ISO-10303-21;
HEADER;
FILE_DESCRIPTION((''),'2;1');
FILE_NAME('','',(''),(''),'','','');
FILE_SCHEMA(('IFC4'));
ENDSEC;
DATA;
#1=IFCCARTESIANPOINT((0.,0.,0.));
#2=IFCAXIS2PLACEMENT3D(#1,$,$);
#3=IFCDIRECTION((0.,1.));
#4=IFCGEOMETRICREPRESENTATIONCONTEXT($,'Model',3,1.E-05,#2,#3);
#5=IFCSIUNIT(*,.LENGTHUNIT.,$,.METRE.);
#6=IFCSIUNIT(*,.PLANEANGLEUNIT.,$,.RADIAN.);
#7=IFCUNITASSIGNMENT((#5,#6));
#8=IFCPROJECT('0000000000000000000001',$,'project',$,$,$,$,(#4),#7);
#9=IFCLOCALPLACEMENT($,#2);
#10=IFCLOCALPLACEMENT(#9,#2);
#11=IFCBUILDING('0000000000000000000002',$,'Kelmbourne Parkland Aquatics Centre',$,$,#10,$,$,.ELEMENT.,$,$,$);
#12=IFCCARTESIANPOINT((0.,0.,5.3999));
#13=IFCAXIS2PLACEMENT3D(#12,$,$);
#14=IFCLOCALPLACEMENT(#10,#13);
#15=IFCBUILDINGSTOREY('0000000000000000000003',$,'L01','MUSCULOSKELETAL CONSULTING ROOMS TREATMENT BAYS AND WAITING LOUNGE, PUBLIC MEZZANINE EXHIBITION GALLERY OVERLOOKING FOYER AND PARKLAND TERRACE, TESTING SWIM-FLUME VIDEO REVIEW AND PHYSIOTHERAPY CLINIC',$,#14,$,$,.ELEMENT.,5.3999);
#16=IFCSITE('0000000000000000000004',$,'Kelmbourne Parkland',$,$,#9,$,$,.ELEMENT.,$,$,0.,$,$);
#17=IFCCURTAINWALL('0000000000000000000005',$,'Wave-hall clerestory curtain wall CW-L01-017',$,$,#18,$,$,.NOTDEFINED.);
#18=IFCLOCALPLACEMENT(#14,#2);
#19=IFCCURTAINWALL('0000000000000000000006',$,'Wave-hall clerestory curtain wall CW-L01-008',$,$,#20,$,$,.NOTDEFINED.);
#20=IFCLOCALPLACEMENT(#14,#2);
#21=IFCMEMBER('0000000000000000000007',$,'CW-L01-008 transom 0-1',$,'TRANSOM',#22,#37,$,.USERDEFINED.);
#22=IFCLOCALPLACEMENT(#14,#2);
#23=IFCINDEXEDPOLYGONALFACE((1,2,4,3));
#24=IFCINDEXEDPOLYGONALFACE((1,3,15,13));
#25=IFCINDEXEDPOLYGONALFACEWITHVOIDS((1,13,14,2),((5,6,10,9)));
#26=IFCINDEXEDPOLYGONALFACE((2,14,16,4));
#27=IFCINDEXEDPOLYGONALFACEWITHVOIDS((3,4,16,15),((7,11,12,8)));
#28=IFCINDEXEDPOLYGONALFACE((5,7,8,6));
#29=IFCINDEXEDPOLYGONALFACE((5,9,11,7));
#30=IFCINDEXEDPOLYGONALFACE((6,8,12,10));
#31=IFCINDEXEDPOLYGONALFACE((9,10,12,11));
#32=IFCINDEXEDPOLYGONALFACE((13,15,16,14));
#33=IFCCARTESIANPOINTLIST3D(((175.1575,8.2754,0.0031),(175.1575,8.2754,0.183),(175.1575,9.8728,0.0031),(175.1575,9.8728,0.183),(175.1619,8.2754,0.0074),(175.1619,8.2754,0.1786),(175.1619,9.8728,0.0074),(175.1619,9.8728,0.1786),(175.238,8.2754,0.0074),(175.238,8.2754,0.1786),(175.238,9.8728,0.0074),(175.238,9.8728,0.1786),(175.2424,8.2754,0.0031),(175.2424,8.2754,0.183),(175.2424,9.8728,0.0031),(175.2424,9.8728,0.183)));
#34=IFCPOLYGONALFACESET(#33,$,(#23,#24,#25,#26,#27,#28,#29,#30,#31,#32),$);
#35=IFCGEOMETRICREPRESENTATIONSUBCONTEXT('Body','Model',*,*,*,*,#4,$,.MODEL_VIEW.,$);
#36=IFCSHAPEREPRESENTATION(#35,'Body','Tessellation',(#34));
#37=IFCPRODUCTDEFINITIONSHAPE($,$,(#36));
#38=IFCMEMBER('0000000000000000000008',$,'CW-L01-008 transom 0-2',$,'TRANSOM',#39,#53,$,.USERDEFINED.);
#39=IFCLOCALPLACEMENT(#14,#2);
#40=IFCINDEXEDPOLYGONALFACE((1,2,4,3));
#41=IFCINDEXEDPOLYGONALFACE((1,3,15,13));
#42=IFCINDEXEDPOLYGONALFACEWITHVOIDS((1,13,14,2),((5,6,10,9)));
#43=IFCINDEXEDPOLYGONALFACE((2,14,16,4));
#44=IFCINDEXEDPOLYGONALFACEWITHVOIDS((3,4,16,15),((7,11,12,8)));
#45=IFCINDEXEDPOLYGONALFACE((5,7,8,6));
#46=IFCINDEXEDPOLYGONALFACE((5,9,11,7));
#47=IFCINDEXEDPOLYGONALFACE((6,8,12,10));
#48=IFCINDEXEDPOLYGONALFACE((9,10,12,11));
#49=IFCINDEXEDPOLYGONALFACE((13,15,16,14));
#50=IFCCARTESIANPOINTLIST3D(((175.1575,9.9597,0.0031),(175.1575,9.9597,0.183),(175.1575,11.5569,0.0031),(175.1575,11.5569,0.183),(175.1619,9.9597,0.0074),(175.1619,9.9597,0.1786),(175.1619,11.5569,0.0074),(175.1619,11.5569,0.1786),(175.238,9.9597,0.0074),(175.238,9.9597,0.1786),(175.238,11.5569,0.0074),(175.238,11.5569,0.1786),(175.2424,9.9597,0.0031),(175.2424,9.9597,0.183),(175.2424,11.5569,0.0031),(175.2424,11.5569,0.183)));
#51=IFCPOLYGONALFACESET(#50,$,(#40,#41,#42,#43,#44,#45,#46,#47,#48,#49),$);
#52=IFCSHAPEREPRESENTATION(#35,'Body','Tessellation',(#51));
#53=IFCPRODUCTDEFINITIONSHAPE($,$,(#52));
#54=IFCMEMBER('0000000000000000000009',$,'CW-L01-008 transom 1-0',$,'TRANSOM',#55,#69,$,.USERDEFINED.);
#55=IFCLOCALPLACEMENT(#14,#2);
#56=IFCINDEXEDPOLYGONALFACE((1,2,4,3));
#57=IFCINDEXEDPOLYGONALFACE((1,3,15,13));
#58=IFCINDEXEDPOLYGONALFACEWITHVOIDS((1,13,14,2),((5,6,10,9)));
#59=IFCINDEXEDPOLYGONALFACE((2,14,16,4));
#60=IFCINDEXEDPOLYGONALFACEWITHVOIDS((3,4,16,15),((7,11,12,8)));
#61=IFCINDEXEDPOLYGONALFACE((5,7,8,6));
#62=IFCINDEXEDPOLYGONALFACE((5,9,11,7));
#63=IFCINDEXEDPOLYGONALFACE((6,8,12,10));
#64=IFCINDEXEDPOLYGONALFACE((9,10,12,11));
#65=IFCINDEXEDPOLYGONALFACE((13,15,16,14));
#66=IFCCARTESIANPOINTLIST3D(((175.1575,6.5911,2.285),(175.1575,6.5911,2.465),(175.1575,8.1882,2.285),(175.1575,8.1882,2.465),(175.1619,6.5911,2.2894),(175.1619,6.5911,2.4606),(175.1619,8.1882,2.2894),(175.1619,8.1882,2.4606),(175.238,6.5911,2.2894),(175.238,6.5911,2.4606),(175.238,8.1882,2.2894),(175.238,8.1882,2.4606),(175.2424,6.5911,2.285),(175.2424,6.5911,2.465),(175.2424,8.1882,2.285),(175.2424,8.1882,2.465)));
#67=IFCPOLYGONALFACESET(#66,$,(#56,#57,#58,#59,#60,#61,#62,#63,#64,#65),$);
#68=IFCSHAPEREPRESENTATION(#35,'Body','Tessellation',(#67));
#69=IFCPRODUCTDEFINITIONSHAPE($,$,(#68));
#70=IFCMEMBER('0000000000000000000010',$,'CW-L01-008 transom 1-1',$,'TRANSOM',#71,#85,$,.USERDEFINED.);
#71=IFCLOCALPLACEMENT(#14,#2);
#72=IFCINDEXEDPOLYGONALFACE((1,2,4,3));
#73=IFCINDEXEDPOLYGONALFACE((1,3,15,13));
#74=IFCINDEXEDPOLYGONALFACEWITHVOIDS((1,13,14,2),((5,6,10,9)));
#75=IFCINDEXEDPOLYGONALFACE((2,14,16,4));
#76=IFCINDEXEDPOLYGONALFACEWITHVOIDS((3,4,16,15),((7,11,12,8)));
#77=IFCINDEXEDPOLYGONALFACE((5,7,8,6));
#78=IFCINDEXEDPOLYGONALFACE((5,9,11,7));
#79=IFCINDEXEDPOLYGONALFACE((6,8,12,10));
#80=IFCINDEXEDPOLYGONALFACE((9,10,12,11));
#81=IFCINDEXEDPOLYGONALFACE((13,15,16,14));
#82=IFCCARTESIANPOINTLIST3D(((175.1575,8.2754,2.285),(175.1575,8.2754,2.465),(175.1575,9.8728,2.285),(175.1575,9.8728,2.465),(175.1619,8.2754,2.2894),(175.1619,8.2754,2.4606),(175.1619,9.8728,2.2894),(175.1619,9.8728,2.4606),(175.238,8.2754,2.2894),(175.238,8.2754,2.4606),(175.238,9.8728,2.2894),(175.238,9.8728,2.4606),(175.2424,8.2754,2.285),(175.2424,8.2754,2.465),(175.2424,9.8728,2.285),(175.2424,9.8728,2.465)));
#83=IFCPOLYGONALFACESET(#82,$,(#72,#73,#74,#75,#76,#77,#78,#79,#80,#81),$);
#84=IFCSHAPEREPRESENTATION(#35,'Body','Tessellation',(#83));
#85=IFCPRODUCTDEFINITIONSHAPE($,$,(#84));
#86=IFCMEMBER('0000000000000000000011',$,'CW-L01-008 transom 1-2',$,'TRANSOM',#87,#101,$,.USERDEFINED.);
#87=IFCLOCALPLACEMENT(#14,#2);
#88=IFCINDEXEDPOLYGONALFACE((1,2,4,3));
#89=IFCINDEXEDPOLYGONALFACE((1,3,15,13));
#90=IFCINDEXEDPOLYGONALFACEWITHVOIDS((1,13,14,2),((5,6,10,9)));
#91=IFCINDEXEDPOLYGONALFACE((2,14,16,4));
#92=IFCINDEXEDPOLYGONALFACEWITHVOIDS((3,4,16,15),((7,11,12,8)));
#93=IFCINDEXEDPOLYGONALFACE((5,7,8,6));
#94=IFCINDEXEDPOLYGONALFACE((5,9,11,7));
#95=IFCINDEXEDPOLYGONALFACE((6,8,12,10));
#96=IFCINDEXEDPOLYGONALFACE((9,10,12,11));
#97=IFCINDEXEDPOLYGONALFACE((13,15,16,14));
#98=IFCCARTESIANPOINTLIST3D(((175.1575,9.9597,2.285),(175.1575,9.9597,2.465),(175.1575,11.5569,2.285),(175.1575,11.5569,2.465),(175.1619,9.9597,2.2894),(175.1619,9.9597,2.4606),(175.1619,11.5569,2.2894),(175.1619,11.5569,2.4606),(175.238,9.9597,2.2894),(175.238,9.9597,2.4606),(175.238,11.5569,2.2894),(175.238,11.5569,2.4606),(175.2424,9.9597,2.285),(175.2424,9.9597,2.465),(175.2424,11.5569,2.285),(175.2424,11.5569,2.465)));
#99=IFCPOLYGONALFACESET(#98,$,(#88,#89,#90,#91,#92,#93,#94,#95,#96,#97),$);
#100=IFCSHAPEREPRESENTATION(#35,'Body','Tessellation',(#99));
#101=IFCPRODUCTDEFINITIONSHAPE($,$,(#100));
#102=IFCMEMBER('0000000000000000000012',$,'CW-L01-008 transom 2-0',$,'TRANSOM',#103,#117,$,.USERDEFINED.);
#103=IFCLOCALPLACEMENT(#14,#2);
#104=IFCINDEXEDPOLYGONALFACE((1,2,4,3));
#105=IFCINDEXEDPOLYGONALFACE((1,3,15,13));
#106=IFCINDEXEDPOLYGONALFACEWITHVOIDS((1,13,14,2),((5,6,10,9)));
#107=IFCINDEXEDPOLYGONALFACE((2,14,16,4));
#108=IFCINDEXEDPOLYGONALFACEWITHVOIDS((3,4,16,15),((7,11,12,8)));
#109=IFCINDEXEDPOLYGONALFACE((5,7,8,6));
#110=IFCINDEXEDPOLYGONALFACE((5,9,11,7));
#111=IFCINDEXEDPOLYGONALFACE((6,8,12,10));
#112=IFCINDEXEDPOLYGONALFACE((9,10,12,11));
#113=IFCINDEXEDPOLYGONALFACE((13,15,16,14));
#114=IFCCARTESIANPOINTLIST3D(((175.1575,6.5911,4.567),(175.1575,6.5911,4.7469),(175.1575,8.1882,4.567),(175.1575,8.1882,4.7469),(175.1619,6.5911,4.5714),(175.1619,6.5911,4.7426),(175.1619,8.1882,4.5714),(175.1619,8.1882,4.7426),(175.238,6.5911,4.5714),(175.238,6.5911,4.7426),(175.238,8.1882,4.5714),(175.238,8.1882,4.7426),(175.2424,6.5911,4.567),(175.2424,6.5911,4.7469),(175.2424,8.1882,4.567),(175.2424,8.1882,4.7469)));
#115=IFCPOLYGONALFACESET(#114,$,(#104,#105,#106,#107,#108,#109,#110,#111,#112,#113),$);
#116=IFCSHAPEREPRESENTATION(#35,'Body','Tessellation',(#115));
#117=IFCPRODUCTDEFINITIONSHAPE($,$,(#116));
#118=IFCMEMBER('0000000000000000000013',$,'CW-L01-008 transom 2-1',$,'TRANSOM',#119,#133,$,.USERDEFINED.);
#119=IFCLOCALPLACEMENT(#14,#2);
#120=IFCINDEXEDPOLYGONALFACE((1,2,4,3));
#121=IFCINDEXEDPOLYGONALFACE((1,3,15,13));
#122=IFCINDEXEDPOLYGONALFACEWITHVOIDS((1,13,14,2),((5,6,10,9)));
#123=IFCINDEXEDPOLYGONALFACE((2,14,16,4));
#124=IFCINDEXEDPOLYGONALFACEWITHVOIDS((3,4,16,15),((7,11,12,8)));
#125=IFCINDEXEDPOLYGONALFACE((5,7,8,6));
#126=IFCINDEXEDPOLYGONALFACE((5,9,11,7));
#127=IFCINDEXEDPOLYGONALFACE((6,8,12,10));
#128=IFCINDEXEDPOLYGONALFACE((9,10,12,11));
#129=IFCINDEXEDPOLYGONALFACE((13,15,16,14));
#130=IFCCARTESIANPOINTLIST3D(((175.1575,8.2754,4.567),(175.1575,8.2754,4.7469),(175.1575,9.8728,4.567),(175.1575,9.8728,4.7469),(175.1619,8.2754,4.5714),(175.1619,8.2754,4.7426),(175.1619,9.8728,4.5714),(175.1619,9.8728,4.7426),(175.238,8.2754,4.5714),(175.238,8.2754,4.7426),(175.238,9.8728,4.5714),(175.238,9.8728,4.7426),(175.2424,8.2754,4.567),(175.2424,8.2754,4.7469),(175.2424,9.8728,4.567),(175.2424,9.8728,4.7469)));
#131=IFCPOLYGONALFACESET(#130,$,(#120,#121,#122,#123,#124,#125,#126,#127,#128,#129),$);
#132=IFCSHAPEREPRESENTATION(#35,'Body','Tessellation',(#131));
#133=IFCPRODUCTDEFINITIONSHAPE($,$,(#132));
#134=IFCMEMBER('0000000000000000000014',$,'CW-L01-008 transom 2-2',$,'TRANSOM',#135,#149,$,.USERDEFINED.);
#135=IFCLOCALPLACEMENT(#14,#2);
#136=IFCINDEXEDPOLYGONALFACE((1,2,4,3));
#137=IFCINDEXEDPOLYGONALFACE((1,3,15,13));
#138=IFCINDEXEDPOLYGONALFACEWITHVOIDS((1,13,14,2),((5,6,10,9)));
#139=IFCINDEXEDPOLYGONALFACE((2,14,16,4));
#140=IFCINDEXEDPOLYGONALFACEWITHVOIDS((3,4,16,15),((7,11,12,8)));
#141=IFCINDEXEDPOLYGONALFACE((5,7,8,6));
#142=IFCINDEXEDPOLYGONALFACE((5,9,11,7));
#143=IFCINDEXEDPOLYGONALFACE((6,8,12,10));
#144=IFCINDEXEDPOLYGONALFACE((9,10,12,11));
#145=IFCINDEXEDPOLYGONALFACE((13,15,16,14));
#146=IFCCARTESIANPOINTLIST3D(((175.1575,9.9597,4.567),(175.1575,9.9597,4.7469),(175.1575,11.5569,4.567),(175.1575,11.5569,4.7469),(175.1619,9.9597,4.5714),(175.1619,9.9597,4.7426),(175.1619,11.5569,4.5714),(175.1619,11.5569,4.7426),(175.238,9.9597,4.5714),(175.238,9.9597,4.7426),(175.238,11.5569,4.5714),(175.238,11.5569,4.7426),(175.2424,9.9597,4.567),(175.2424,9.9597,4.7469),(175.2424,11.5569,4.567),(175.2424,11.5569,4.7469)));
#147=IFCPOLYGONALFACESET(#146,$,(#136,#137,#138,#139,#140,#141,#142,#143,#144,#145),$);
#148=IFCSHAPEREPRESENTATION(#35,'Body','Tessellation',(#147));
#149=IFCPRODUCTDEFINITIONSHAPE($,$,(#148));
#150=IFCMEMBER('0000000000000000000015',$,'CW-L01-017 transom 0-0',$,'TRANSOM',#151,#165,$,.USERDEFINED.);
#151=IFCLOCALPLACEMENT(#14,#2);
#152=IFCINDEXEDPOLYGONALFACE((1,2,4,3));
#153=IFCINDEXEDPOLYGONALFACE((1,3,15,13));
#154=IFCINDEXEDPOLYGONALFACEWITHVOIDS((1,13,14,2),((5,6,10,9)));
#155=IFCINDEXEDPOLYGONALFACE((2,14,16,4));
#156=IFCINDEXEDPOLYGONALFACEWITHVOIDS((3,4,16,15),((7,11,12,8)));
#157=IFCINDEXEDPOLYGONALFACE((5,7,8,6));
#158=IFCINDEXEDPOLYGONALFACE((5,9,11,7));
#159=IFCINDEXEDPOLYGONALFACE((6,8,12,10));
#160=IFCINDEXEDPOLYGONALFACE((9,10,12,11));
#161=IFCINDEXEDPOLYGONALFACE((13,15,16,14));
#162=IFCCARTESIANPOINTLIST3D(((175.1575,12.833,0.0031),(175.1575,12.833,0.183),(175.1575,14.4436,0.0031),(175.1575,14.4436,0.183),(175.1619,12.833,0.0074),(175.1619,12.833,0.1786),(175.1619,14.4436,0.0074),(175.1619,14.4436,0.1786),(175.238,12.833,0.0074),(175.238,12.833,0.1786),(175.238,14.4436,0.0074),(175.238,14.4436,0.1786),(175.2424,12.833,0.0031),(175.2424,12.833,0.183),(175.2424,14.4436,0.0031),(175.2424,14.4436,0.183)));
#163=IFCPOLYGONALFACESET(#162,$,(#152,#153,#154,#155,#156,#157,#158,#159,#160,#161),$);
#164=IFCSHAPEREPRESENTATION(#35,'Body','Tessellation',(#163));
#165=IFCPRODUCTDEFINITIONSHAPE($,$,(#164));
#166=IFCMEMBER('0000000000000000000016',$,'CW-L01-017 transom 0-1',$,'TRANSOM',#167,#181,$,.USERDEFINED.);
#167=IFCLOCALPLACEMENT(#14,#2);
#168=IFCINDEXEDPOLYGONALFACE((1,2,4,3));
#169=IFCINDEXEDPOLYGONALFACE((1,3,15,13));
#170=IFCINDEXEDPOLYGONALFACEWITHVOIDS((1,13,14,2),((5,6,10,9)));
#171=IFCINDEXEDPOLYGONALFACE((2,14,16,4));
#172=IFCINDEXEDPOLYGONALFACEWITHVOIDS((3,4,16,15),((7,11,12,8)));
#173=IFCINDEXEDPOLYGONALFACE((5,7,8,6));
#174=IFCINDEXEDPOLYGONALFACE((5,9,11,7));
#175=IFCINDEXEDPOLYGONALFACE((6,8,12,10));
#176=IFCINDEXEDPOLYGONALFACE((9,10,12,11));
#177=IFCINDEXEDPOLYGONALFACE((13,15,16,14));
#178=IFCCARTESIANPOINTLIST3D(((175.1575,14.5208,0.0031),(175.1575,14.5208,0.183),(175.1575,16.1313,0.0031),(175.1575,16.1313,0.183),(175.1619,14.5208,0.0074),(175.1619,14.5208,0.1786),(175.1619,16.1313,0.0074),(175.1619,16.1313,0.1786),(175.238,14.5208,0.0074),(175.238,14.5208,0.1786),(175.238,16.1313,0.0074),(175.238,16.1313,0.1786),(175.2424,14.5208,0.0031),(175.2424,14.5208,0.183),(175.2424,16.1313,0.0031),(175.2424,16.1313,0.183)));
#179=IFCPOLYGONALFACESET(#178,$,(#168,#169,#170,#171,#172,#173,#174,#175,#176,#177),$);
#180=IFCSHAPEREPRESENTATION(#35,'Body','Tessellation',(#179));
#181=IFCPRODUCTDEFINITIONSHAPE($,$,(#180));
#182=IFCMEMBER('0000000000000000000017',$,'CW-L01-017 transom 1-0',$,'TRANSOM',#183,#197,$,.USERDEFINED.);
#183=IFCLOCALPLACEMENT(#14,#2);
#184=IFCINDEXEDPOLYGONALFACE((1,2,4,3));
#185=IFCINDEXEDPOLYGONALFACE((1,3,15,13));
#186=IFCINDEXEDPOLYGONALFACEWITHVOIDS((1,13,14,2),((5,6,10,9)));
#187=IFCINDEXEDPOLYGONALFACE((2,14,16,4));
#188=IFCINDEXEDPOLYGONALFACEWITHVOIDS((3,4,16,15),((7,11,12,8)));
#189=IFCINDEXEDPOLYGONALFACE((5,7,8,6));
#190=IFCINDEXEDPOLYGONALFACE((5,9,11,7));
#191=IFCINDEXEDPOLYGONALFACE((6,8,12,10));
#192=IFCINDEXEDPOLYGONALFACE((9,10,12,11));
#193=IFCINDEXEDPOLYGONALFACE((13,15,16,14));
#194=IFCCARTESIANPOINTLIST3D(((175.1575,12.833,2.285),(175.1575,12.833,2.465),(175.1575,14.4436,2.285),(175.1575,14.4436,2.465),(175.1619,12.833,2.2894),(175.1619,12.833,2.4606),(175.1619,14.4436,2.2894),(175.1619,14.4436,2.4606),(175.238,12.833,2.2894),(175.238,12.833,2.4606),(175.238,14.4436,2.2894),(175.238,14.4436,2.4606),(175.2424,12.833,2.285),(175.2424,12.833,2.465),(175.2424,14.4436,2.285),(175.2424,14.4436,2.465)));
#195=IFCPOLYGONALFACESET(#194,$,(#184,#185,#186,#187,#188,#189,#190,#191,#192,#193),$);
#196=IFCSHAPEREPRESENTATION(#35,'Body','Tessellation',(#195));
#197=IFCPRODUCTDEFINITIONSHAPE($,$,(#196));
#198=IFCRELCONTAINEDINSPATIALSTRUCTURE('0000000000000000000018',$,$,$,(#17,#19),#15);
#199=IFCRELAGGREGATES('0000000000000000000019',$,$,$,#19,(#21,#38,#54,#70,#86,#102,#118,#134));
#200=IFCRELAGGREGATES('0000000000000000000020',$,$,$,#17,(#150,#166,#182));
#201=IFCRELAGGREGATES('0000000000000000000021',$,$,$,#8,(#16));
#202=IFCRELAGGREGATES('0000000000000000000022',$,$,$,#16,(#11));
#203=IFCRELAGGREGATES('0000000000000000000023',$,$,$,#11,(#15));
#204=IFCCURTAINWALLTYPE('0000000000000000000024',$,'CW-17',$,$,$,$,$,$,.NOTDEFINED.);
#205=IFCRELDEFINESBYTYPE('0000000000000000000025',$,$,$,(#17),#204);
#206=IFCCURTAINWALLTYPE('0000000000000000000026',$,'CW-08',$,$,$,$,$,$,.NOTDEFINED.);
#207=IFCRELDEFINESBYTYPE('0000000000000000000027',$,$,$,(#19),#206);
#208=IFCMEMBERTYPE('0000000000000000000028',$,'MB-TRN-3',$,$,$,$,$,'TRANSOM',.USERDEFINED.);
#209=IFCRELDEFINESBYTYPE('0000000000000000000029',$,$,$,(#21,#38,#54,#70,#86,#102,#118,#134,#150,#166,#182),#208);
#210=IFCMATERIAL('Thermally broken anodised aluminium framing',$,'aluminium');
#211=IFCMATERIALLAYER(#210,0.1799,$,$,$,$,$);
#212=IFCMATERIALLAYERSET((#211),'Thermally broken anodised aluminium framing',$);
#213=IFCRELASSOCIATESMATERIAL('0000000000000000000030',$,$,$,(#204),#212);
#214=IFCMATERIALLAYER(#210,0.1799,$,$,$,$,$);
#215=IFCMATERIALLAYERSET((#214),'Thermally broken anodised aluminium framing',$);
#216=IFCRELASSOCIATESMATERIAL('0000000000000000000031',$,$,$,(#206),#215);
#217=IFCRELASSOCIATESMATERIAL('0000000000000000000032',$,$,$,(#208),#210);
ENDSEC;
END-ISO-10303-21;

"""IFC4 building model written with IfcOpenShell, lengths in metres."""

from ifc_helpers import new_model, si_unit, direction, frame, origin, origin_2d, place, context, subcontext, project, spatial, hollow_rectangle, extrude, material, layer, layer_set, material_profile, profile_set, type_object, element, aggregate, save


model = new_model("IFC4")

# Units and contexts
model_context = context("Model", 3, precision=1e-05, world=origin(), true_north=direction((0.0, 1.0)))
body_context = subcontext(model_context, "Body", "Model", "MODEL_VIEW")
ifc_project = project(units=[si_unit("LENGTHUNIT", "METRE"), si_unit("PLANEANGLEUNIT", "RADIAN")], contexts=[model_context])

# Site, building, storey
site_placement = place(None, origin())
site = spatial("IfcSite", under=ifc_project, at=site_placement, Name="Kelmbourne Parkland", CompositionType="ELEMENT", RefElevation=0.0)
building_placement = place(site_placement, origin())
building = spatial("IfcBuilding", under=site, at=building_placement, Name="Kelmbourne Parkland Aquatics Centre", CompositionType="ELEMENT")
storey_placement = place(building_placement, frame((0.0, 0.0, 5.3999)))
storey = spatial("IfcBuildingStorey", under=building, at=storey_placement, Name="L01", Description="MUSCULOSKELETAL CONSULTING ROOMS TREATMENT BAYS AND WAITING LOUNGE, PUBLIC MEZZANINE EXHIBITION GALLERY OVERLOOKING FOYER AND PARKLAND TERRACE, TESTING SWIM-FLUME VIDEO REVIEW AND PHYSIOTHERAPY CLINIC", CompositionType="ELEMENT", Elevation=5.3999)

# Shared definitions
ifc_material_1 = material(Name="Thermally broken anodised aluminium framing", Category="aluminium")

# Curtain walls, members
ifc_layer_1 = layer(ifc_material_1, 0.1799)
ifc_layer_set_1 = layer_set([ifc_layer_1], Name="Thermally broken anodised aluminium framing")
curtain_wall_type_1 = type_object("IfcCurtainWallType", Name="CW-17", PredefinedType="NOTDEFINED", material=ifc_layer_set_1)
curtain_wall_1_placement = place(storey_placement, origin())
curtain_wall_1 = element("IfcCurtainWall", 1, at=curtain_wall_1_placement, inside=storey, type_object=curtain_wall_type_1, Name="Wave-hall clerestory curtain wall CW-L01-017", PredefinedType="NOTDEFINED")
ifc_layer_2 = layer(ifc_material_1, 0.1799)
ifc_layer_set_2 = layer_set([ifc_layer_2], Name="Thermally broken anodised aluminium framing")
curtain_wall_type_2 = type_object("IfcCurtainWallType", Name="CW-08", PredefinedType="NOTDEFINED", material=ifc_layer_set_2)
curtain_wall_2_placement = place(storey_placement, origin())
curtain_wall_2 = element("IfcCurtainWall", 2, at=curtain_wall_2_placement, inside=storey, type_object=curtain_wall_type_2, Name="Wave-hall clerestory curtain wall CW-L01-008", PredefinedType="NOTDEFINED")
ifc_material_profile_1 = material_profile(ifc_material_1, hollow_rectangle(XDim=0.085, YDim=0.1799, WallThickness=0.0044, at=origin_2d()), Name="CW-T 85x180")
ifc_profile_set_1 = profile_set([ifc_material_profile_1], Name="Thermally broken anodised aluminium framing")
member_type_1 = type_object("IfcMemberType", Name="MB-TRN-3", ElementType="TRANSOM", PredefinedType="USERDEFINED", material=ifc_profile_set_1)
member_1_placement = place(storey_placement, frame((175.2, 8.2754, 0.093), z_axis=(0.0, 1.0, 0.0), x_axis=(-1.0, 0.0, 0.0)))
member_1 = element("IfcMember", 3, at=member_1_placement, type_object=member_type_1, Name="CW-L01-008 transom 0-1", ObjectType="TRANSOM", PredefinedType="USERDEFINED", context=body_context, shape_type="SweptSolid", body=[
    extrude(hollow_rectangle(XDim=0.085, YDim=0.1799, WallThickness=0.0044, at=origin_2d()), origin(), (0.0, 0.0, 1.0), 1.5974),
])
member_2_placement = place(storey_placement, frame((175.2, 9.9597, 0.093), z_axis=(0.0, 1.0, 0.0), x_axis=(-1.0, 0.0, 0.0)))
member_2 = element("IfcMember", 4, at=member_2_placement, type_object=member_type_1, Name="CW-L01-008 transom 0-2", ObjectType="TRANSOM", PredefinedType="USERDEFINED", context=body_context, shape_type="SweptSolid", body=[
    extrude(hollow_rectangle(XDim=0.085, YDim=0.1799, WallThickness=0.0044, at=origin_2d()), origin(), (0.0, 0.0, 1.0), 1.5972),
])
member_3_placement = place(storey_placement, frame((175.2, 6.5911, 2.375), z_axis=(0.0, 1.0, 0.0), x_axis=(-1.0, 0.0, 0.0)))
member_3 = element("IfcMember", 5, at=member_3_placement, type_object=member_type_1, Name="CW-L01-008 transom 1-0", ObjectType="TRANSOM", PredefinedType="USERDEFINED", context=body_context, shape_type="SweptSolid", body=[
    extrude(hollow_rectangle(XDim=0.085, YDim=0.1799, WallThickness=0.0044, at=origin_2d()), origin(), (0.0, 0.0, 1.0), 1.5972),
])
member_4_placement = place(storey_placement, frame((175.2, 8.2754, 2.375), z_axis=(0.0, 1.0, 0.0), x_axis=(-1.0, 0.0, 0.0)))
member_4 = element("IfcMember", 6, at=member_4_placement, type_object=member_type_1, Name="CW-L01-008 transom 1-1", ObjectType="TRANSOM", PredefinedType="USERDEFINED", context=body_context, shape_type="SweptSolid", body=[
    extrude(hollow_rectangle(XDim=0.085, YDim=0.1799, WallThickness=0.0044, at=origin_2d()), origin(), (0.0, 0.0, 1.0), 1.5974),
])
member_5_placement = place(storey_placement, frame((175.2, 9.9597, 2.375), z_axis=(0.0, 1.0, 0.0), x_axis=(-1.0, 0.0, 0.0)))
member_5 = element("IfcMember", 7, at=member_5_placement, type_object=member_type_1, Name="CW-L01-008 transom 1-2", ObjectType="TRANSOM", PredefinedType="USERDEFINED", context=body_context, shape_type="SweptSolid", body=[
    extrude(hollow_rectangle(XDim=0.085, YDim=0.1799, WallThickness=0.0044, at=origin_2d()), origin(), (0.0, 0.0, 1.0), 1.5972),
])
member_6_placement = place(storey_placement, frame((175.2, 6.5911, 4.657), z_axis=(0.0, 1.0, 0.0), x_axis=(-1.0, 0.0, 0.0)))
member_6 = element("IfcMember", 8, at=member_6_placement, type_object=member_type_1, Name="CW-L01-008 transom 2-0", ObjectType="TRANSOM", PredefinedType="USERDEFINED", context=body_context, shape_type="SweptSolid", body=[
    extrude(hollow_rectangle(XDim=0.085, YDim=0.1799, WallThickness=0.0044, at=origin_2d()), origin(), (0.0, 0.0, 1.0), 1.5972),
])
member_7_placement = place(storey_placement, frame((175.2, 8.2754, 4.657), z_axis=(0.0, 1.0, 0.0), x_axis=(-1.0, 0.0, 0.0)))
member_7 = element("IfcMember", 9, at=member_7_placement, type_object=member_type_1, Name="CW-L01-008 transom 2-1", ObjectType="TRANSOM", PredefinedType="USERDEFINED", context=body_context, shape_type="SweptSolid", body=[
    extrude(hollow_rectangle(XDim=0.085, YDim=0.1799, WallThickness=0.0044, at=origin_2d()), origin(), (0.0, 0.0, 1.0), 1.5974),
])
member_8_placement = place(storey_placement, frame((175.2, 9.9597, 4.657), z_axis=(0.0, 1.0, 0.0), x_axis=(-1.0, 0.0, 0.0)))
member_8 = element("IfcMember", 10, at=member_8_placement, type_object=member_type_1, Name="CW-L01-008 transom 2-2", ObjectType="TRANSOM", PredefinedType="USERDEFINED", context=body_context, shape_type="SweptSolid", body=[
    extrude(hollow_rectangle(XDim=0.085, YDim=0.1799, WallThickness=0.0044, at=origin_2d()), origin(), (0.0, 0.0, 1.0), 1.5972),
])

# Members
member_9_placement = place(storey_placement, frame((175.2, 12.833, 0.093), z_axis=(0.0, 1.0, 0.0), x_axis=(-1.0, 0.0, 0.0)))
member_9 = element("IfcMember", 11, at=member_9_placement, type_object=member_type_1, Name="CW-L01-017 transom 0-0", ObjectType="TRANSOM", PredefinedType="USERDEFINED", context=body_context, shape_type="SweptSolid", body=[
    extrude(hollow_rectangle(XDim=0.085, YDim=0.1799, WallThickness=0.0044, at=origin_2d()), origin(), (0.0, 0.0, 1.0), 1.6106),
])
member_10_placement = place(storey_placement, frame((175.2, 14.5208, 0.093), z_axis=(0.0, 1.0, 0.0), x_axis=(-1.0, 0.0, 0.0)))
member_10 = element("IfcMember", 12, at=member_10_placement, type_object=member_type_1, Name="CW-L01-017 transom 0-1", ObjectType="TRANSOM", PredefinedType="USERDEFINED", context=body_context, shape_type="SweptSolid", body=[
    extrude(hollow_rectangle(XDim=0.085, YDim=0.1799, WallThickness=0.0044, at=origin_2d()), origin(), (0.0, 0.0, 1.0), 1.6106),
])
member_11_placement = place(storey_placement, frame((175.2, 12.833, 2.375), z_axis=(0.0, 1.0, 0.0), x_axis=(-1.0, 0.0, 0.0)))
member_11 = element("IfcMember", 13, at=member_11_placement, type_object=member_type_1, Name="CW-L01-017 transom 1-0", ObjectType="TRANSOM", PredefinedType="USERDEFINED", context=body_context, shape_type="SweptSolid", body=[
    extrude(hollow_rectangle(XDim=0.085, YDim=0.1799, WallThickness=0.0044, at=origin_2d()), origin(), (0.0, 0.0, 1.0), 1.6106),
])

aggregate(curtain_wall_2, [member_1, member_2, member_3, member_4, member_5, member_6, member_7, member_8])
aggregate(curtain_wall_1, [member_9, member_10, member_11])

save(model, "model.ifc")
